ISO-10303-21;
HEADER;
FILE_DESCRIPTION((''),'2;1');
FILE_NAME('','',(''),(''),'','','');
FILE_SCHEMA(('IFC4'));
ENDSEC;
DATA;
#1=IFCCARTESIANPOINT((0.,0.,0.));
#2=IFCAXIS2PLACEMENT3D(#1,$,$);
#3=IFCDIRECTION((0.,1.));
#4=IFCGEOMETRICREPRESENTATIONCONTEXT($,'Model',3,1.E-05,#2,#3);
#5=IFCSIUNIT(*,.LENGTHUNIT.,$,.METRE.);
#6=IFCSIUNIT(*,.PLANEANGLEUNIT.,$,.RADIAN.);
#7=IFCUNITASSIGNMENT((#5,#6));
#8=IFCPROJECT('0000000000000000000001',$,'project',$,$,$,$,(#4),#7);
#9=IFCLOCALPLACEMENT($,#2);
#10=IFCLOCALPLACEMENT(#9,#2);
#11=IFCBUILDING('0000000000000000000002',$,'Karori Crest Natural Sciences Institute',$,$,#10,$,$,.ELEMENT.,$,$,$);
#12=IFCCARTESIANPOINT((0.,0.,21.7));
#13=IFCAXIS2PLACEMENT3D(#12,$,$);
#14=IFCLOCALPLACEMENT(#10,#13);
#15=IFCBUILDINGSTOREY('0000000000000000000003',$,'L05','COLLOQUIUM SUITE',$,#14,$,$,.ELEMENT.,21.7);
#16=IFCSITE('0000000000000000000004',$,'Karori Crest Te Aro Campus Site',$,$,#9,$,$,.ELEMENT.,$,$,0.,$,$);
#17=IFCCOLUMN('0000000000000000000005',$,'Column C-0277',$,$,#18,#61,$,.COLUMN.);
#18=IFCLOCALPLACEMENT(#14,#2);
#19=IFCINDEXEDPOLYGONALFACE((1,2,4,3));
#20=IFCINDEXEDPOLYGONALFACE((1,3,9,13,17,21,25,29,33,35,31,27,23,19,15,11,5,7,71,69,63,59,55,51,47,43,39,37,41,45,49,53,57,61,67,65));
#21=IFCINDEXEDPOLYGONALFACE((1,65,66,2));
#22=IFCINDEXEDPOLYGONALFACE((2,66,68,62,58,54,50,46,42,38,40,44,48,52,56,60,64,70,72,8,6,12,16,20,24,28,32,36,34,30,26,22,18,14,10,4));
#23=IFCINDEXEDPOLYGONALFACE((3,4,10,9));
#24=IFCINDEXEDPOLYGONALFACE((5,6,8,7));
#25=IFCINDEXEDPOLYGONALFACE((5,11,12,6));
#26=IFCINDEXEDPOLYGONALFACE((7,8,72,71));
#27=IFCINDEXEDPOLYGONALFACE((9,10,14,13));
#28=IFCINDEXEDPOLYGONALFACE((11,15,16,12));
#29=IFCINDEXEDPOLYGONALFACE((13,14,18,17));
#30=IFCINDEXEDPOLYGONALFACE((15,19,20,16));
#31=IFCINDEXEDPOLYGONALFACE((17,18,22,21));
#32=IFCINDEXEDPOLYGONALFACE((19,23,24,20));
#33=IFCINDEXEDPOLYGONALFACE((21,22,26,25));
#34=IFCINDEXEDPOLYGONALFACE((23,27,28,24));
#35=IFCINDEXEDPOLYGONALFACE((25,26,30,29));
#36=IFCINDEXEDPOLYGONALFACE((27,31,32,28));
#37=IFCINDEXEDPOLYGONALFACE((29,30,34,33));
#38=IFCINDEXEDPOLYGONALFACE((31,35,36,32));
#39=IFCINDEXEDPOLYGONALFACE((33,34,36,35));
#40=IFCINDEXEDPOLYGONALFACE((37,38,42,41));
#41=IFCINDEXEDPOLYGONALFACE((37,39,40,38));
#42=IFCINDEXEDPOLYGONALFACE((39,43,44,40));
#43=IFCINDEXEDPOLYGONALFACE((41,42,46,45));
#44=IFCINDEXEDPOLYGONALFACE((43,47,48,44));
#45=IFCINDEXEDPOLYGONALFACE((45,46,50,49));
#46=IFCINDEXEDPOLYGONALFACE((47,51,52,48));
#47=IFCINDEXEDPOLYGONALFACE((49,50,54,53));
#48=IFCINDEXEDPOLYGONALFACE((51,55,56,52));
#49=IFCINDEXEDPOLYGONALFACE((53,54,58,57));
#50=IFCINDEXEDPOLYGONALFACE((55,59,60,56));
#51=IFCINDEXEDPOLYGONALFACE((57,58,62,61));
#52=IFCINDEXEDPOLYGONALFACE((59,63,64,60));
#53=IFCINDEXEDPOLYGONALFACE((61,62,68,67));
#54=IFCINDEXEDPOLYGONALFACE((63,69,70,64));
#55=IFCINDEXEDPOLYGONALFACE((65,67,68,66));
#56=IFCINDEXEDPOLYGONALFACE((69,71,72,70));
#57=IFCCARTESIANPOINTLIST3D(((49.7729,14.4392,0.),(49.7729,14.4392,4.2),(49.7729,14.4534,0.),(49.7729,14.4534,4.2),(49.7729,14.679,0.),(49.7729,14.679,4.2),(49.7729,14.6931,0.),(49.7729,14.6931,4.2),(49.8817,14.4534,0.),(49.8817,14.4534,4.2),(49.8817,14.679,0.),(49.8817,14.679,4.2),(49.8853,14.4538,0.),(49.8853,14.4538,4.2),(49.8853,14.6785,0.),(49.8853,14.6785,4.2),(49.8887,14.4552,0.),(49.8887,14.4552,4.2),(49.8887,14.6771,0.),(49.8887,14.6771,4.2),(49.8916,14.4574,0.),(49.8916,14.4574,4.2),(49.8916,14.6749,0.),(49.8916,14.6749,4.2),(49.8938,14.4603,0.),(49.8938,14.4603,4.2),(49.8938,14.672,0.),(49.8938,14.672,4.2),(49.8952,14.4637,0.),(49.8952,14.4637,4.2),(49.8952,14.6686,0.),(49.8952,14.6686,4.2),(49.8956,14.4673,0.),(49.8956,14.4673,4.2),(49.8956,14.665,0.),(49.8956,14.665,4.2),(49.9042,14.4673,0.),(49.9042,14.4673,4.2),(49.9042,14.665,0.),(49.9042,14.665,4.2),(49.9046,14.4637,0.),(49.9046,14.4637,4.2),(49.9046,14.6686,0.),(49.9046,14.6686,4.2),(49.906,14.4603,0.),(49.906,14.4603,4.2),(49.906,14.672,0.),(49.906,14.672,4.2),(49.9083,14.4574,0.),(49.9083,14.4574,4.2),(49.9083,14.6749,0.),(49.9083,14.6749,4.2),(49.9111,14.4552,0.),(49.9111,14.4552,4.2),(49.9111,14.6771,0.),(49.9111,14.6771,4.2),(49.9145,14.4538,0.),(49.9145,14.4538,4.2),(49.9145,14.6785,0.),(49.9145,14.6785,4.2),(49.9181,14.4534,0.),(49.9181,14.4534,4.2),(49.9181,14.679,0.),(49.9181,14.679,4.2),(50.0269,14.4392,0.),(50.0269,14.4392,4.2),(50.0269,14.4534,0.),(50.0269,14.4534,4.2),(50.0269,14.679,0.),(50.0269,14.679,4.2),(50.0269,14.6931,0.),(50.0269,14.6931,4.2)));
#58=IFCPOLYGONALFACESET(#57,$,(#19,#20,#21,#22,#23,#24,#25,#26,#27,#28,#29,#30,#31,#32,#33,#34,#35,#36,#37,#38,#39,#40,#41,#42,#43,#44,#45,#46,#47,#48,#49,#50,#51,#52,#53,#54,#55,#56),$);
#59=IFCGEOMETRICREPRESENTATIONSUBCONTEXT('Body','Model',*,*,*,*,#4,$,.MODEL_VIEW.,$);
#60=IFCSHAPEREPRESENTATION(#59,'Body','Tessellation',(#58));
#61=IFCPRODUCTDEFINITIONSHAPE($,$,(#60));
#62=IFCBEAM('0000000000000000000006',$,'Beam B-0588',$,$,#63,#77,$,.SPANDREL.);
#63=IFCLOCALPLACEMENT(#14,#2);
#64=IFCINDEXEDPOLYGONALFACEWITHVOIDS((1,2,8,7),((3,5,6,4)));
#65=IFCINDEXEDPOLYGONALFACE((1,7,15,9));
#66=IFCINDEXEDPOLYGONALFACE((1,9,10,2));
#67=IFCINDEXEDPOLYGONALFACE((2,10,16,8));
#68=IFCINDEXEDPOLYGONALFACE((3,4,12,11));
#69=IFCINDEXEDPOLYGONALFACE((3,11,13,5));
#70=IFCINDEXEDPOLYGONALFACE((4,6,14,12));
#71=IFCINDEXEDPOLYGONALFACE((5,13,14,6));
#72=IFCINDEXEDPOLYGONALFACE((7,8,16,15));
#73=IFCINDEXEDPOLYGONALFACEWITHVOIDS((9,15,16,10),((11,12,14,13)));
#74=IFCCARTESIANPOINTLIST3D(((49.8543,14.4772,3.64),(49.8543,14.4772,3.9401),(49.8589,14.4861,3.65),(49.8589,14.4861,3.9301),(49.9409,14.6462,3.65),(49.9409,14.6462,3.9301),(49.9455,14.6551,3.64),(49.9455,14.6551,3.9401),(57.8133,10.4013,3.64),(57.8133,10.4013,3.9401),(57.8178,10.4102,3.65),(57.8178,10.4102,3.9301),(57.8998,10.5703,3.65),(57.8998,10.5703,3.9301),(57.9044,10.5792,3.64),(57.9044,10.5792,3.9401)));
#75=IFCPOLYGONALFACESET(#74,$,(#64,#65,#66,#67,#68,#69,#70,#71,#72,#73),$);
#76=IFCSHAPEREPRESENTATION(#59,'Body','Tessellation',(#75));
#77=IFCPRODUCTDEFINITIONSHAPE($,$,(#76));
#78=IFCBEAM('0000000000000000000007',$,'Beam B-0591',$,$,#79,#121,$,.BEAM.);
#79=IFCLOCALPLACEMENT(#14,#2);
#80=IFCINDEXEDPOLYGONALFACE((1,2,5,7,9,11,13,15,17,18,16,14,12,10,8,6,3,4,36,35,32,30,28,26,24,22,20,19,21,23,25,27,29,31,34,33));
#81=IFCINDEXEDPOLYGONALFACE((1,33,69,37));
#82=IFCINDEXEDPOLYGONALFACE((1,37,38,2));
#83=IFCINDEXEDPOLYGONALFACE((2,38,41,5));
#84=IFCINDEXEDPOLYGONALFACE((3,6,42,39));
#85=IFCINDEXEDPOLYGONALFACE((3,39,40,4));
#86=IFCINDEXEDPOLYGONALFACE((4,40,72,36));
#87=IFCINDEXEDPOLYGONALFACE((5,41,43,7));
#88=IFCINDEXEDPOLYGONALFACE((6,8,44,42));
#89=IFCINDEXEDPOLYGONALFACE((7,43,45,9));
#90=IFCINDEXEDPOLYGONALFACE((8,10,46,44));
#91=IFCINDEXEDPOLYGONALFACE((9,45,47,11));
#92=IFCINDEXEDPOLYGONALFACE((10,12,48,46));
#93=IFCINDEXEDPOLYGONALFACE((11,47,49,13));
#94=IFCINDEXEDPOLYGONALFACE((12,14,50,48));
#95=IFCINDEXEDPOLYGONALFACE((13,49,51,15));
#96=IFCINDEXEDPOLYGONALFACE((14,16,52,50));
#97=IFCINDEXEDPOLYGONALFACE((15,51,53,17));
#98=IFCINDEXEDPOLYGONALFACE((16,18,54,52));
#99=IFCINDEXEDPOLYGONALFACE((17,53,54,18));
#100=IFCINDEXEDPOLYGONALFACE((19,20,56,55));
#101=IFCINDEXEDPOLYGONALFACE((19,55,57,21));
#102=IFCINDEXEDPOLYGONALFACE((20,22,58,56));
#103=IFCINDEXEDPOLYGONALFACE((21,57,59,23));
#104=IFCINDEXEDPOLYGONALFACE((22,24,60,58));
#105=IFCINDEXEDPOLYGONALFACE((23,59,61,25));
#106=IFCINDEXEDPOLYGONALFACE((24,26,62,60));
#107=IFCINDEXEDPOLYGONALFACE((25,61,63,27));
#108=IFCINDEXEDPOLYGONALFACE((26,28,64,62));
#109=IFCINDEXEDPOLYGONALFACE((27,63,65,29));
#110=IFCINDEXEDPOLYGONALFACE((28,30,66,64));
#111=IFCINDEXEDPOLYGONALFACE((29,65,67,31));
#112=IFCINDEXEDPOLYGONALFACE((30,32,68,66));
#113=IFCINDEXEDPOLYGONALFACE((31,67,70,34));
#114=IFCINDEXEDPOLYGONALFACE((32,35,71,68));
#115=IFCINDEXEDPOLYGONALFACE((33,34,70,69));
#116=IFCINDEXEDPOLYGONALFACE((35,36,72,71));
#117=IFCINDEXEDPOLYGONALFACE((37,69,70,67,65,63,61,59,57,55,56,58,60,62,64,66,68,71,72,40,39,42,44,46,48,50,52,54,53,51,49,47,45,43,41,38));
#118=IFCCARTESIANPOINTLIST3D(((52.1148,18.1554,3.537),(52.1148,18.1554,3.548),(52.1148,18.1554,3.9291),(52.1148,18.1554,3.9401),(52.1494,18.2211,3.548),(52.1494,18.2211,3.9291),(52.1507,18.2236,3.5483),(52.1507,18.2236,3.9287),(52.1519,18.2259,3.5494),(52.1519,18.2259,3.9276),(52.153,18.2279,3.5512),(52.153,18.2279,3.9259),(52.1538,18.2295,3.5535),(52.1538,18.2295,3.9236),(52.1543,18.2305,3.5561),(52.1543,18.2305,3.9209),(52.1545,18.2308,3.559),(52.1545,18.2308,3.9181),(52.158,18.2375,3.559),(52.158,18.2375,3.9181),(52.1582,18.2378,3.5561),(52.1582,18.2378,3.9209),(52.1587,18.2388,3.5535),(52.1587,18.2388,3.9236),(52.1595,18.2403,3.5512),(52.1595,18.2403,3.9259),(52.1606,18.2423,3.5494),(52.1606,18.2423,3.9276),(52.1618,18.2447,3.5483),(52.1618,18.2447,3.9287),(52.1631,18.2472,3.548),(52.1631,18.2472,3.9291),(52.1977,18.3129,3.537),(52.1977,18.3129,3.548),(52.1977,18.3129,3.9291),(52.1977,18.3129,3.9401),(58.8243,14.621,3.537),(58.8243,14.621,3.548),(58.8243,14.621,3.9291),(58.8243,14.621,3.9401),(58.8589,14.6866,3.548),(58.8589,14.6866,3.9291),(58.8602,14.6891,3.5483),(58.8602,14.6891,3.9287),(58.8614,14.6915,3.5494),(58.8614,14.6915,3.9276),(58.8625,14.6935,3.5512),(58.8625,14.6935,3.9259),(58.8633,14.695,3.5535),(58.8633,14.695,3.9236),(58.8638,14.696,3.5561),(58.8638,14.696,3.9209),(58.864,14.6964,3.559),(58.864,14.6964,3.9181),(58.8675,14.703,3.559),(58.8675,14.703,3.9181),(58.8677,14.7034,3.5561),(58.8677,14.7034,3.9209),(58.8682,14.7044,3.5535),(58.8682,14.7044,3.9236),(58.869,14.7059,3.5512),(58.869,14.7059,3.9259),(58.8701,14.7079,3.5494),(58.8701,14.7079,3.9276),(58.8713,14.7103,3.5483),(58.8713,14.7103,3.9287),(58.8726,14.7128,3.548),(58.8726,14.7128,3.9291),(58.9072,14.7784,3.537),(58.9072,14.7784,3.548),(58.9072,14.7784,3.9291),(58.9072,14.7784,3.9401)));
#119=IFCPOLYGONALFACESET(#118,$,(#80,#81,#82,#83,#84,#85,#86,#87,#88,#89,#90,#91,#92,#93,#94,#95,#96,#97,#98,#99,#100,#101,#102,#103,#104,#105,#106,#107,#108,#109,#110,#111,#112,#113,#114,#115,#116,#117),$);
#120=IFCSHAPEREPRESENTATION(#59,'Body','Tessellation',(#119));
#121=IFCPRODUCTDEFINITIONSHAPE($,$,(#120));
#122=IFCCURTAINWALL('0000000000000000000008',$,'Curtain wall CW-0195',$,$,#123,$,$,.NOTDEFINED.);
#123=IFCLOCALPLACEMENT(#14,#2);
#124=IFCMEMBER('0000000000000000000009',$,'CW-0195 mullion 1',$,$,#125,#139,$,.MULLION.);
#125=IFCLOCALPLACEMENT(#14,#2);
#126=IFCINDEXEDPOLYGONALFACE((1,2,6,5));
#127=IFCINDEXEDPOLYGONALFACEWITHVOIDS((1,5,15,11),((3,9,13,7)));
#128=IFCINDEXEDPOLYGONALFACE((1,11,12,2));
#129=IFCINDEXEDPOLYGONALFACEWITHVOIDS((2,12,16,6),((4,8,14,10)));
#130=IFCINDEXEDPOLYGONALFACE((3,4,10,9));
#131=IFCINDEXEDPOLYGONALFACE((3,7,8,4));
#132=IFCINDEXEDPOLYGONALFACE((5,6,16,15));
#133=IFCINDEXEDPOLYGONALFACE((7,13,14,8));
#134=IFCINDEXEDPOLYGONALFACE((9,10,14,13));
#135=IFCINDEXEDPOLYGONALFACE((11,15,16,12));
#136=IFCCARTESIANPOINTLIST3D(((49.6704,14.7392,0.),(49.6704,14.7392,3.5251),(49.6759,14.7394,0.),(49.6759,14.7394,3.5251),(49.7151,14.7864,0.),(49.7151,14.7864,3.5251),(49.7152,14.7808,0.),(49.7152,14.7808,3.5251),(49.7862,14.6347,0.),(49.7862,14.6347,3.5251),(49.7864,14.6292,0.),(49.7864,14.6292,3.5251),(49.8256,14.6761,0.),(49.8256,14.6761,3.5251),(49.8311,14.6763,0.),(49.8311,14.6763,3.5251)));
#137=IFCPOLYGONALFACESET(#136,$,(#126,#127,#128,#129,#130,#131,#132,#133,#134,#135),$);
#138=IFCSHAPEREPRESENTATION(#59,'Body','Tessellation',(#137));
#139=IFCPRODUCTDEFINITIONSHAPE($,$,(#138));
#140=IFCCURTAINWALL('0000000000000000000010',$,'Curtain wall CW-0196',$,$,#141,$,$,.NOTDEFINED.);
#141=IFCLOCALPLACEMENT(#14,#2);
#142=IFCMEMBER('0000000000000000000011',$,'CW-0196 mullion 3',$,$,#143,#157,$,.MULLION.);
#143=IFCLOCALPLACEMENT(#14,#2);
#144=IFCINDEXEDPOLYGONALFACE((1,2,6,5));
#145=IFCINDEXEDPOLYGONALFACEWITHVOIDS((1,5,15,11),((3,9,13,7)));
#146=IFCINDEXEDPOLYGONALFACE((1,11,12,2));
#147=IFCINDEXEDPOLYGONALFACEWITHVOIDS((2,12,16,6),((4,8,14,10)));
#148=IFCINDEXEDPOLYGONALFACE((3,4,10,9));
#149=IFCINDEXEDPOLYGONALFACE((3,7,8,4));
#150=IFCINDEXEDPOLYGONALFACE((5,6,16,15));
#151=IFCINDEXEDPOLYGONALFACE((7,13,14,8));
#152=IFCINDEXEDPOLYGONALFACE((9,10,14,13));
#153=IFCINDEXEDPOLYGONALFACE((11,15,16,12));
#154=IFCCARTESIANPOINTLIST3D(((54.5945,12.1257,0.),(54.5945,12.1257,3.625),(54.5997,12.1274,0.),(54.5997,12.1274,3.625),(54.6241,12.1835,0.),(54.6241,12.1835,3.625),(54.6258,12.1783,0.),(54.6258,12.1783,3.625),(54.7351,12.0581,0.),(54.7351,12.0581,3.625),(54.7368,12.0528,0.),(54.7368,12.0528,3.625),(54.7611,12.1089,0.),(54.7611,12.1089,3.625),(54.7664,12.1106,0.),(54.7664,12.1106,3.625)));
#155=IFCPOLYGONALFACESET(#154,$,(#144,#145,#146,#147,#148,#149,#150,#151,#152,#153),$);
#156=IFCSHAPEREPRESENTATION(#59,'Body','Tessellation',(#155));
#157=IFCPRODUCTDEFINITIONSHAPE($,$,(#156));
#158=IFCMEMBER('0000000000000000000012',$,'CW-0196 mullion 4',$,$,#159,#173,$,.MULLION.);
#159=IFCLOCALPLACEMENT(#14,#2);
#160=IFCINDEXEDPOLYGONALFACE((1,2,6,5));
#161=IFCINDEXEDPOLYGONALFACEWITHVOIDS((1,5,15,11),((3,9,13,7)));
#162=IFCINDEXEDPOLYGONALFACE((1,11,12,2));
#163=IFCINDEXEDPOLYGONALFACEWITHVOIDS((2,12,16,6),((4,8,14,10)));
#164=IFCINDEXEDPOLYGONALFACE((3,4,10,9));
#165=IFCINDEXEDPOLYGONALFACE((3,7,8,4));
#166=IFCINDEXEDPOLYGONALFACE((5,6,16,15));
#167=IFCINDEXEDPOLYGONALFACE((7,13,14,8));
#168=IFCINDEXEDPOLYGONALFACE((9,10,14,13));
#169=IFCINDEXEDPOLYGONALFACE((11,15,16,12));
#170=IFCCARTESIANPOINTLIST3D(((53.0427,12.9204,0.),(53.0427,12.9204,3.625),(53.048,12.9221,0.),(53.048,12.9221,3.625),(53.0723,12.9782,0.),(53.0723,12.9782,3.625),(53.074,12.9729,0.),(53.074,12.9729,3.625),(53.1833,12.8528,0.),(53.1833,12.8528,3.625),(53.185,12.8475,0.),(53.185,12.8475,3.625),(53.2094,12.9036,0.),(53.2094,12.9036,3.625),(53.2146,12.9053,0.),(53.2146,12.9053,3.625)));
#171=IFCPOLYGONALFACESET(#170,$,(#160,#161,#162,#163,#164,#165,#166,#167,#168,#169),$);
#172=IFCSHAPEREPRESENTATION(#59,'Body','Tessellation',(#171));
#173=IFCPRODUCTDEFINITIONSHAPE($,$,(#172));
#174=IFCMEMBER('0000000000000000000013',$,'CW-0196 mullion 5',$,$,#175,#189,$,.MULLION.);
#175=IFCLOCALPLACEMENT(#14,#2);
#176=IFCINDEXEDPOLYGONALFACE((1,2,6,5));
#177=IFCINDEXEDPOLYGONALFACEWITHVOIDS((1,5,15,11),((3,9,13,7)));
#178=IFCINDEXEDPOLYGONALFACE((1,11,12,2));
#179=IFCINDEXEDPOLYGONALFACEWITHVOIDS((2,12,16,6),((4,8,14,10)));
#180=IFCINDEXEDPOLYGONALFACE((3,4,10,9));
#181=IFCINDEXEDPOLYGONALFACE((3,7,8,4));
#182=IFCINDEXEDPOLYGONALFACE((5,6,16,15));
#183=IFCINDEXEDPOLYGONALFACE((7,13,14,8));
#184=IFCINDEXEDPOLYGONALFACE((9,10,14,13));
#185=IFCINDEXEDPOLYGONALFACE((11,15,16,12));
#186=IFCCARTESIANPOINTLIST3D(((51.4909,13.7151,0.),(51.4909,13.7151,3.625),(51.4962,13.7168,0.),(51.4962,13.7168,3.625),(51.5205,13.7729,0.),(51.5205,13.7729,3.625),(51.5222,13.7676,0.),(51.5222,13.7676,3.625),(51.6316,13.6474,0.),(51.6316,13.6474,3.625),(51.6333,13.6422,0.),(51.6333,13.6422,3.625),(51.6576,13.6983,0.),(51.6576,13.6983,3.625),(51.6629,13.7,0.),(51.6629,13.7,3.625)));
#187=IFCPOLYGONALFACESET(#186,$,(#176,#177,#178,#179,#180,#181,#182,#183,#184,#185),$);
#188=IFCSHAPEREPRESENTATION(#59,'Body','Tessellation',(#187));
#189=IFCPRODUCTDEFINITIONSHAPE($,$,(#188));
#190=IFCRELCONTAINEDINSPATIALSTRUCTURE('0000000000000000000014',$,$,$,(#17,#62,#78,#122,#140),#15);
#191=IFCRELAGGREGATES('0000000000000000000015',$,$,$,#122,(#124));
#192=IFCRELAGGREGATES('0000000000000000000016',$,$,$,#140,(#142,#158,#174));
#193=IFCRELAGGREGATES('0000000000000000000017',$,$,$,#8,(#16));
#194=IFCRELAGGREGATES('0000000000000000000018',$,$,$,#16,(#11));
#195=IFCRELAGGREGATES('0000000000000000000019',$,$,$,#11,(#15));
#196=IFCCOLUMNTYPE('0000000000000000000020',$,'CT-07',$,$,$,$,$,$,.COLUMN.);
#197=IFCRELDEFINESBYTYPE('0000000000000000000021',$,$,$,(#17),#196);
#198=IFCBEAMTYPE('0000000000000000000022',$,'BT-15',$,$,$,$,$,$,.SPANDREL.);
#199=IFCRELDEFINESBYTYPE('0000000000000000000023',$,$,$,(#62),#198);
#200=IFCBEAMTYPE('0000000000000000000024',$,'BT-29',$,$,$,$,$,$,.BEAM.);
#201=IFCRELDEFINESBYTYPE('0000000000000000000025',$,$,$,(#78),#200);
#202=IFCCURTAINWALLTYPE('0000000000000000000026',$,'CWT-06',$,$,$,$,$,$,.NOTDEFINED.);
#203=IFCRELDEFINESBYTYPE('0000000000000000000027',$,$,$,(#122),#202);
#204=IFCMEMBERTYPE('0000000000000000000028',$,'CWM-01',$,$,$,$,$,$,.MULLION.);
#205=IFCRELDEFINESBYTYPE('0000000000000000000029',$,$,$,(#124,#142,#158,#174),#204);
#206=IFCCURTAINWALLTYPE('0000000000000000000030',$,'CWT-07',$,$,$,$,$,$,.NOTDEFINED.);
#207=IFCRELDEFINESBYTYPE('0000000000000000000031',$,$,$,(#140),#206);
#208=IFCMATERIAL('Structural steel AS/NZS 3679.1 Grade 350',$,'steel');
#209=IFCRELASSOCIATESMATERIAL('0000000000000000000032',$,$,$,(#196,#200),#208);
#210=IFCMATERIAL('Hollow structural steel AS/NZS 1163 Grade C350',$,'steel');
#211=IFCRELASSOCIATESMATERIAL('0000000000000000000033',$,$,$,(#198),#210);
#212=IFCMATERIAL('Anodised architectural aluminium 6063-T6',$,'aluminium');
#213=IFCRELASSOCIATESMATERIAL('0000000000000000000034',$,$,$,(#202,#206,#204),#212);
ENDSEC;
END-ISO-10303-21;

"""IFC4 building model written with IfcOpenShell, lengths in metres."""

from ifc_helpers import new_model, si_unit, direction, frame, origin, origin_2d, place, context, subcontext, project, spatial, hollow_rectangle, i_section, extrude, material, material_profile, profile_set, type_object, element, aggregate, save


model = new_model("IFC4")

# Units and contexts
model_context = context("Model", 3, precision=1e-05, world=origin(), true_north=direction((0.0, 1.0)))
body_context = subcontext(model_context, "Body", "Model", "MODEL_VIEW")
ifc_project = project(units=[si_unit("LENGTHUNIT", "METRE"), si_unit("PLANEANGLEUNIT", "RADIAN")], contexts=[model_context])

# Site, building, storey
site_placement = place(None, origin())
site = spatial("IfcSite", under=ifc_project, at=site_placement, Name="Karori Crest Te Aro Campus Site", CompositionType="ELEMENT", RefElevation=0.0)
building_placement = place(site_placement, origin())
building = spatial("IfcBuilding", under=site, at=building_placement, Name="Karori Crest Natural Sciences Institute", CompositionType="ELEMENT")
storey_placement = place(building_placement, frame((0.0, 0.0, 21.7)))
storey = spatial("IfcBuildingStorey", under=building, at=storey_placement, Name="L05", Description="COLLOQUIUM SUITE", CompositionType="ELEMENT", Elevation=21.7)

# Column
ifc_material_1 = material(Name="Structural steel AS/NZS 3679.1 Grade 350", Category="steel")
ifc_material_profile_1 = material_profile(ifc_material_1, i_section(OverallWidth=0.2539, OverallDepth=0.2539, WebThickness=0.0085, FlangeThickness=0.0142, FilletRadius=0.0139, at=origin_2d()), Name="250UC72.9")
ifc_profile_set_1 = profile_set([ifc_material_profile_1], Name="Structural steel AS/NZS 3679.1 Grade 350")
column_type = type_object("IfcColumnType", Name="CT-07", PredefinedType="COLUMN", material=ifc_profile_set_1)
column_placement = place(storey_placement, frame((49.8999, 14.5662, 0.0), z_axis=(0.0, 0.0, 1.0), x_axis=(1.0, 0.0, 0.0)))
element("IfcColumn", 1, at=column_placement, inside=storey, type_object=column_type, Name="Column C-0277", PredefinedType="COLUMN", context=body_context, shape_type="SweptSolid", body=[
    extrude(i_section(OverallWidth=0.2539, OverallDepth=0.2539, WebThickness=0.0085, FlangeThickness=0.0142, FilletRadius=0.0139, at=origin_2d()), origin(), (0.0, 0.0, 1.0), 4.2),
])

# Beams
ifc_material_2 = material(Name="Hollow structural steel AS/NZS 1163 Grade C350", Category="steel")
ifc_material_profile_2 = material_profile(ifc_material_2, hollow_rectangle(XDim=0.2, YDim=0.3, WallThickness=0.01, at=origin_2d()), Name="RHS300x200x10")
ifc_profile_set_2 = profile_set([ifc_material_profile_2], Name="Hollow structural steel AS/NZS 1163 Grade C350")
beam_type_1 = type_object("IfcBeamType", Name="BT-15", PredefinedType="SPANDREL", material=ifc_profile_set_2)
beam_1_placement = place(storey_placement, frame((49.8999, 14.5662, 3.79), z_axis=(0.890072, -0.45582, 0.0), x_axis=(0.45582, 0.890072, 0.0)))
element("IfcBeam", 2, at=beam_1_placement, inside=storey, type_object=beam_type_1, Name="Beam B-0588", PredefinedType="SPANDREL", context=body_context, shape_type="SweptSolid", body=[
    extrude(hollow_rectangle(XDim=0.2, YDim=0.3, WallThickness=0.01, at=origin_2d()), origin(), (0.0, 0.0, 1.0), 8.9419),
])
ifc_material_profile_3 = material_profile(ifc_material_1, i_section(OverallWidth=0.178, OverallDepth=0.4031, WebThickness=0.0076, FlangeThickness=0.011, FilletRadius=0.011, at=origin_2d()), Name="410UB53.7")
ifc_profile_set_3 = profile_set([ifc_material_profile_3], Name="Structural steel AS/NZS 3679.1 Grade 350")
beam_type_2 = type_object("IfcBeamType", Name="BT-29", PredefinedType="BEAM", material=ifc_profile_set_3)
beam_2_placement = place(storey_placement, frame((52.1562, 18.2341, 3.7385), z_axis=(0.884748, -0.466069, 0.0), x_axis=(0.466069, 0.884748, 0.0)))
element("IfcBeam", 3, at=beam_2_placement, inside=storey, type_object=beam_type_2, Name="Beam B-0591", PredefinedType="BEAM", context=body_context, shape_type="SweptSolid", body=[
    extrude(i_section(OverallWidth=0.178, OverallDepth=0.4031, WebThickness=0.0076, FlangeThickness=0.011, FilletRadius=0.011, at=origin_2d()), origin(), (0.0, 0.0, 1.0), 7.5835),
])

# Curtain wall, member
ifc_material_3 = material(Name="Anodised architectural aluminium 6063-T6", Category="aluminium")
curtain_wall_type_1 = type_object("IfcCurtainWallType", Name="CWT-06", PredefinedType="NOTDEFINED", material=ifc_material_3)
curtain_wall_1_placement = place(storey_placement, origin())
curtain_wall_1 = element("IfcCurtainWall", 4, at=curtain_wall_1_placement, inside=storey, type_object=curtain_wall_type_1, Name="Curtain wall CW-0195", PredefinedType="NOTDEFINED")
ifc_material_profile_4 = material_profile(ifc_material_3, hollow_rectangle(XDim=0.0649, YDim=0.1599, WallThickness=0.0039, at=origin_2d()), Name="CWM160x65x4")
ifc_profile_set_4 = profile_set([ifc_material_profile_4], Name="Anodised architectural aluminium 6063-T6")
member_type_1 = type_object("IfcMemberType", Name="CWM-01", PredefinedType="MULLION", material=ifc_profile_set_4)
member_1_placement = place(storey_placement, frame((49.7507, 14.7078, 0.0), z_axis=(0.0, 0.0, 1.0), x_axis=(-0.688252, -0.725471, 0.0)))
member_1 = element("IfcMember", 5, at=member_1_placement, type_object=member_type_1, Name="CW-0195 mullion 1", PredefinedType="MULLION", context=body_context, shape_type="SweptSolid", body=[
    extrude(hollow_rectangle(XDim=0.0649, YDim=0.1599, WallThickness=0.0039, at=origin_2d()), origin(), (0.0, 0.0, 1.0), 3.5251),
])

# Curtain wall, members
curtain_wall_type_2 = type_object("IfcCurtainWallType", Name="CWT-07", PredefinedType="NOTDEFINED", material=ifc_material_3)
curtain_wall_2_placement = place(storey_placement, origin())
curtain_wall_2 = element("IfcCurtainWall", 6, at=curtain_wall_2_placement, inside=storey, type_object=curtain_wall_type_2, Name="Curtain wall CW-0196", PredefinedType="NOTDEFINED")
member_2_placement = place(storey_placement, frame((54.6804, 12.1182, 0.0), z_axis=(0.0, 0.0, 1.0), x_axis=(-0.455829, -0.890067, 0.0)))
member_2 = element("IfcMember", 7, at=member_2_placement, type_object=member_type_1, Name="CW-0196 mullion 3", PredefinedType="MULLION", context=body_context, shape_type="SweptSolid", body=[
    extrude(hollow_rectangle(XDim=0.0649, YDim=0.1599, WallThickness=0.0039, at=origin_2d()), origin(), (0.0, 0.0, 1.0), 3.625),
])
member_3_placement = place(storey_placement, frame((53.1287, 12.9128, 0.0), z_axis=(0.0, 0.0, 1.0), x_axis=(-0.455829, -0.890067, 0.0)))
member_3 = element("IfcMember", 8, at=member_3_placement, type_object=member_type_1, Name="CW-0196 mullion 4", PredefinedType="MULLION", context=body_context, shape_type="SweptSolid", body=[
    extrude(hollow_rectangle(XDim=0.0649, YDim=0.1599, WallThickness=0.0039, at=origin_2d()), origin(), (0.0, 0.0, 1.0), 3.625),
])
member_4_placement = place(storey_placement, frame((51.5769, 13.7075, 0.0), z_axis=(0.0, 0.0, 1.0), x_axis=(-0.455829, -0.890067, 0.0)))
member_4 = element("IfcMember", 9, at=member_4_placement, type_object=member_type_1, Name="CW-0196 mullion 5", PredefinedType="MULLION", context=body_context, shape_type="SweptSolid", body=[
    extrude(hollow_rectangle(XDim=0.0649, YDim=0.1599, WallThickness=0.0039, at=origin_2d()), origin(), (0.0, 0.0, 1.0), 3.625),
])

aggregate(curtain_wall_1, [member_1])

aggregate(curtain_wall_2, [member_2, member_3, member_4])

save(model, "model.ifc")
